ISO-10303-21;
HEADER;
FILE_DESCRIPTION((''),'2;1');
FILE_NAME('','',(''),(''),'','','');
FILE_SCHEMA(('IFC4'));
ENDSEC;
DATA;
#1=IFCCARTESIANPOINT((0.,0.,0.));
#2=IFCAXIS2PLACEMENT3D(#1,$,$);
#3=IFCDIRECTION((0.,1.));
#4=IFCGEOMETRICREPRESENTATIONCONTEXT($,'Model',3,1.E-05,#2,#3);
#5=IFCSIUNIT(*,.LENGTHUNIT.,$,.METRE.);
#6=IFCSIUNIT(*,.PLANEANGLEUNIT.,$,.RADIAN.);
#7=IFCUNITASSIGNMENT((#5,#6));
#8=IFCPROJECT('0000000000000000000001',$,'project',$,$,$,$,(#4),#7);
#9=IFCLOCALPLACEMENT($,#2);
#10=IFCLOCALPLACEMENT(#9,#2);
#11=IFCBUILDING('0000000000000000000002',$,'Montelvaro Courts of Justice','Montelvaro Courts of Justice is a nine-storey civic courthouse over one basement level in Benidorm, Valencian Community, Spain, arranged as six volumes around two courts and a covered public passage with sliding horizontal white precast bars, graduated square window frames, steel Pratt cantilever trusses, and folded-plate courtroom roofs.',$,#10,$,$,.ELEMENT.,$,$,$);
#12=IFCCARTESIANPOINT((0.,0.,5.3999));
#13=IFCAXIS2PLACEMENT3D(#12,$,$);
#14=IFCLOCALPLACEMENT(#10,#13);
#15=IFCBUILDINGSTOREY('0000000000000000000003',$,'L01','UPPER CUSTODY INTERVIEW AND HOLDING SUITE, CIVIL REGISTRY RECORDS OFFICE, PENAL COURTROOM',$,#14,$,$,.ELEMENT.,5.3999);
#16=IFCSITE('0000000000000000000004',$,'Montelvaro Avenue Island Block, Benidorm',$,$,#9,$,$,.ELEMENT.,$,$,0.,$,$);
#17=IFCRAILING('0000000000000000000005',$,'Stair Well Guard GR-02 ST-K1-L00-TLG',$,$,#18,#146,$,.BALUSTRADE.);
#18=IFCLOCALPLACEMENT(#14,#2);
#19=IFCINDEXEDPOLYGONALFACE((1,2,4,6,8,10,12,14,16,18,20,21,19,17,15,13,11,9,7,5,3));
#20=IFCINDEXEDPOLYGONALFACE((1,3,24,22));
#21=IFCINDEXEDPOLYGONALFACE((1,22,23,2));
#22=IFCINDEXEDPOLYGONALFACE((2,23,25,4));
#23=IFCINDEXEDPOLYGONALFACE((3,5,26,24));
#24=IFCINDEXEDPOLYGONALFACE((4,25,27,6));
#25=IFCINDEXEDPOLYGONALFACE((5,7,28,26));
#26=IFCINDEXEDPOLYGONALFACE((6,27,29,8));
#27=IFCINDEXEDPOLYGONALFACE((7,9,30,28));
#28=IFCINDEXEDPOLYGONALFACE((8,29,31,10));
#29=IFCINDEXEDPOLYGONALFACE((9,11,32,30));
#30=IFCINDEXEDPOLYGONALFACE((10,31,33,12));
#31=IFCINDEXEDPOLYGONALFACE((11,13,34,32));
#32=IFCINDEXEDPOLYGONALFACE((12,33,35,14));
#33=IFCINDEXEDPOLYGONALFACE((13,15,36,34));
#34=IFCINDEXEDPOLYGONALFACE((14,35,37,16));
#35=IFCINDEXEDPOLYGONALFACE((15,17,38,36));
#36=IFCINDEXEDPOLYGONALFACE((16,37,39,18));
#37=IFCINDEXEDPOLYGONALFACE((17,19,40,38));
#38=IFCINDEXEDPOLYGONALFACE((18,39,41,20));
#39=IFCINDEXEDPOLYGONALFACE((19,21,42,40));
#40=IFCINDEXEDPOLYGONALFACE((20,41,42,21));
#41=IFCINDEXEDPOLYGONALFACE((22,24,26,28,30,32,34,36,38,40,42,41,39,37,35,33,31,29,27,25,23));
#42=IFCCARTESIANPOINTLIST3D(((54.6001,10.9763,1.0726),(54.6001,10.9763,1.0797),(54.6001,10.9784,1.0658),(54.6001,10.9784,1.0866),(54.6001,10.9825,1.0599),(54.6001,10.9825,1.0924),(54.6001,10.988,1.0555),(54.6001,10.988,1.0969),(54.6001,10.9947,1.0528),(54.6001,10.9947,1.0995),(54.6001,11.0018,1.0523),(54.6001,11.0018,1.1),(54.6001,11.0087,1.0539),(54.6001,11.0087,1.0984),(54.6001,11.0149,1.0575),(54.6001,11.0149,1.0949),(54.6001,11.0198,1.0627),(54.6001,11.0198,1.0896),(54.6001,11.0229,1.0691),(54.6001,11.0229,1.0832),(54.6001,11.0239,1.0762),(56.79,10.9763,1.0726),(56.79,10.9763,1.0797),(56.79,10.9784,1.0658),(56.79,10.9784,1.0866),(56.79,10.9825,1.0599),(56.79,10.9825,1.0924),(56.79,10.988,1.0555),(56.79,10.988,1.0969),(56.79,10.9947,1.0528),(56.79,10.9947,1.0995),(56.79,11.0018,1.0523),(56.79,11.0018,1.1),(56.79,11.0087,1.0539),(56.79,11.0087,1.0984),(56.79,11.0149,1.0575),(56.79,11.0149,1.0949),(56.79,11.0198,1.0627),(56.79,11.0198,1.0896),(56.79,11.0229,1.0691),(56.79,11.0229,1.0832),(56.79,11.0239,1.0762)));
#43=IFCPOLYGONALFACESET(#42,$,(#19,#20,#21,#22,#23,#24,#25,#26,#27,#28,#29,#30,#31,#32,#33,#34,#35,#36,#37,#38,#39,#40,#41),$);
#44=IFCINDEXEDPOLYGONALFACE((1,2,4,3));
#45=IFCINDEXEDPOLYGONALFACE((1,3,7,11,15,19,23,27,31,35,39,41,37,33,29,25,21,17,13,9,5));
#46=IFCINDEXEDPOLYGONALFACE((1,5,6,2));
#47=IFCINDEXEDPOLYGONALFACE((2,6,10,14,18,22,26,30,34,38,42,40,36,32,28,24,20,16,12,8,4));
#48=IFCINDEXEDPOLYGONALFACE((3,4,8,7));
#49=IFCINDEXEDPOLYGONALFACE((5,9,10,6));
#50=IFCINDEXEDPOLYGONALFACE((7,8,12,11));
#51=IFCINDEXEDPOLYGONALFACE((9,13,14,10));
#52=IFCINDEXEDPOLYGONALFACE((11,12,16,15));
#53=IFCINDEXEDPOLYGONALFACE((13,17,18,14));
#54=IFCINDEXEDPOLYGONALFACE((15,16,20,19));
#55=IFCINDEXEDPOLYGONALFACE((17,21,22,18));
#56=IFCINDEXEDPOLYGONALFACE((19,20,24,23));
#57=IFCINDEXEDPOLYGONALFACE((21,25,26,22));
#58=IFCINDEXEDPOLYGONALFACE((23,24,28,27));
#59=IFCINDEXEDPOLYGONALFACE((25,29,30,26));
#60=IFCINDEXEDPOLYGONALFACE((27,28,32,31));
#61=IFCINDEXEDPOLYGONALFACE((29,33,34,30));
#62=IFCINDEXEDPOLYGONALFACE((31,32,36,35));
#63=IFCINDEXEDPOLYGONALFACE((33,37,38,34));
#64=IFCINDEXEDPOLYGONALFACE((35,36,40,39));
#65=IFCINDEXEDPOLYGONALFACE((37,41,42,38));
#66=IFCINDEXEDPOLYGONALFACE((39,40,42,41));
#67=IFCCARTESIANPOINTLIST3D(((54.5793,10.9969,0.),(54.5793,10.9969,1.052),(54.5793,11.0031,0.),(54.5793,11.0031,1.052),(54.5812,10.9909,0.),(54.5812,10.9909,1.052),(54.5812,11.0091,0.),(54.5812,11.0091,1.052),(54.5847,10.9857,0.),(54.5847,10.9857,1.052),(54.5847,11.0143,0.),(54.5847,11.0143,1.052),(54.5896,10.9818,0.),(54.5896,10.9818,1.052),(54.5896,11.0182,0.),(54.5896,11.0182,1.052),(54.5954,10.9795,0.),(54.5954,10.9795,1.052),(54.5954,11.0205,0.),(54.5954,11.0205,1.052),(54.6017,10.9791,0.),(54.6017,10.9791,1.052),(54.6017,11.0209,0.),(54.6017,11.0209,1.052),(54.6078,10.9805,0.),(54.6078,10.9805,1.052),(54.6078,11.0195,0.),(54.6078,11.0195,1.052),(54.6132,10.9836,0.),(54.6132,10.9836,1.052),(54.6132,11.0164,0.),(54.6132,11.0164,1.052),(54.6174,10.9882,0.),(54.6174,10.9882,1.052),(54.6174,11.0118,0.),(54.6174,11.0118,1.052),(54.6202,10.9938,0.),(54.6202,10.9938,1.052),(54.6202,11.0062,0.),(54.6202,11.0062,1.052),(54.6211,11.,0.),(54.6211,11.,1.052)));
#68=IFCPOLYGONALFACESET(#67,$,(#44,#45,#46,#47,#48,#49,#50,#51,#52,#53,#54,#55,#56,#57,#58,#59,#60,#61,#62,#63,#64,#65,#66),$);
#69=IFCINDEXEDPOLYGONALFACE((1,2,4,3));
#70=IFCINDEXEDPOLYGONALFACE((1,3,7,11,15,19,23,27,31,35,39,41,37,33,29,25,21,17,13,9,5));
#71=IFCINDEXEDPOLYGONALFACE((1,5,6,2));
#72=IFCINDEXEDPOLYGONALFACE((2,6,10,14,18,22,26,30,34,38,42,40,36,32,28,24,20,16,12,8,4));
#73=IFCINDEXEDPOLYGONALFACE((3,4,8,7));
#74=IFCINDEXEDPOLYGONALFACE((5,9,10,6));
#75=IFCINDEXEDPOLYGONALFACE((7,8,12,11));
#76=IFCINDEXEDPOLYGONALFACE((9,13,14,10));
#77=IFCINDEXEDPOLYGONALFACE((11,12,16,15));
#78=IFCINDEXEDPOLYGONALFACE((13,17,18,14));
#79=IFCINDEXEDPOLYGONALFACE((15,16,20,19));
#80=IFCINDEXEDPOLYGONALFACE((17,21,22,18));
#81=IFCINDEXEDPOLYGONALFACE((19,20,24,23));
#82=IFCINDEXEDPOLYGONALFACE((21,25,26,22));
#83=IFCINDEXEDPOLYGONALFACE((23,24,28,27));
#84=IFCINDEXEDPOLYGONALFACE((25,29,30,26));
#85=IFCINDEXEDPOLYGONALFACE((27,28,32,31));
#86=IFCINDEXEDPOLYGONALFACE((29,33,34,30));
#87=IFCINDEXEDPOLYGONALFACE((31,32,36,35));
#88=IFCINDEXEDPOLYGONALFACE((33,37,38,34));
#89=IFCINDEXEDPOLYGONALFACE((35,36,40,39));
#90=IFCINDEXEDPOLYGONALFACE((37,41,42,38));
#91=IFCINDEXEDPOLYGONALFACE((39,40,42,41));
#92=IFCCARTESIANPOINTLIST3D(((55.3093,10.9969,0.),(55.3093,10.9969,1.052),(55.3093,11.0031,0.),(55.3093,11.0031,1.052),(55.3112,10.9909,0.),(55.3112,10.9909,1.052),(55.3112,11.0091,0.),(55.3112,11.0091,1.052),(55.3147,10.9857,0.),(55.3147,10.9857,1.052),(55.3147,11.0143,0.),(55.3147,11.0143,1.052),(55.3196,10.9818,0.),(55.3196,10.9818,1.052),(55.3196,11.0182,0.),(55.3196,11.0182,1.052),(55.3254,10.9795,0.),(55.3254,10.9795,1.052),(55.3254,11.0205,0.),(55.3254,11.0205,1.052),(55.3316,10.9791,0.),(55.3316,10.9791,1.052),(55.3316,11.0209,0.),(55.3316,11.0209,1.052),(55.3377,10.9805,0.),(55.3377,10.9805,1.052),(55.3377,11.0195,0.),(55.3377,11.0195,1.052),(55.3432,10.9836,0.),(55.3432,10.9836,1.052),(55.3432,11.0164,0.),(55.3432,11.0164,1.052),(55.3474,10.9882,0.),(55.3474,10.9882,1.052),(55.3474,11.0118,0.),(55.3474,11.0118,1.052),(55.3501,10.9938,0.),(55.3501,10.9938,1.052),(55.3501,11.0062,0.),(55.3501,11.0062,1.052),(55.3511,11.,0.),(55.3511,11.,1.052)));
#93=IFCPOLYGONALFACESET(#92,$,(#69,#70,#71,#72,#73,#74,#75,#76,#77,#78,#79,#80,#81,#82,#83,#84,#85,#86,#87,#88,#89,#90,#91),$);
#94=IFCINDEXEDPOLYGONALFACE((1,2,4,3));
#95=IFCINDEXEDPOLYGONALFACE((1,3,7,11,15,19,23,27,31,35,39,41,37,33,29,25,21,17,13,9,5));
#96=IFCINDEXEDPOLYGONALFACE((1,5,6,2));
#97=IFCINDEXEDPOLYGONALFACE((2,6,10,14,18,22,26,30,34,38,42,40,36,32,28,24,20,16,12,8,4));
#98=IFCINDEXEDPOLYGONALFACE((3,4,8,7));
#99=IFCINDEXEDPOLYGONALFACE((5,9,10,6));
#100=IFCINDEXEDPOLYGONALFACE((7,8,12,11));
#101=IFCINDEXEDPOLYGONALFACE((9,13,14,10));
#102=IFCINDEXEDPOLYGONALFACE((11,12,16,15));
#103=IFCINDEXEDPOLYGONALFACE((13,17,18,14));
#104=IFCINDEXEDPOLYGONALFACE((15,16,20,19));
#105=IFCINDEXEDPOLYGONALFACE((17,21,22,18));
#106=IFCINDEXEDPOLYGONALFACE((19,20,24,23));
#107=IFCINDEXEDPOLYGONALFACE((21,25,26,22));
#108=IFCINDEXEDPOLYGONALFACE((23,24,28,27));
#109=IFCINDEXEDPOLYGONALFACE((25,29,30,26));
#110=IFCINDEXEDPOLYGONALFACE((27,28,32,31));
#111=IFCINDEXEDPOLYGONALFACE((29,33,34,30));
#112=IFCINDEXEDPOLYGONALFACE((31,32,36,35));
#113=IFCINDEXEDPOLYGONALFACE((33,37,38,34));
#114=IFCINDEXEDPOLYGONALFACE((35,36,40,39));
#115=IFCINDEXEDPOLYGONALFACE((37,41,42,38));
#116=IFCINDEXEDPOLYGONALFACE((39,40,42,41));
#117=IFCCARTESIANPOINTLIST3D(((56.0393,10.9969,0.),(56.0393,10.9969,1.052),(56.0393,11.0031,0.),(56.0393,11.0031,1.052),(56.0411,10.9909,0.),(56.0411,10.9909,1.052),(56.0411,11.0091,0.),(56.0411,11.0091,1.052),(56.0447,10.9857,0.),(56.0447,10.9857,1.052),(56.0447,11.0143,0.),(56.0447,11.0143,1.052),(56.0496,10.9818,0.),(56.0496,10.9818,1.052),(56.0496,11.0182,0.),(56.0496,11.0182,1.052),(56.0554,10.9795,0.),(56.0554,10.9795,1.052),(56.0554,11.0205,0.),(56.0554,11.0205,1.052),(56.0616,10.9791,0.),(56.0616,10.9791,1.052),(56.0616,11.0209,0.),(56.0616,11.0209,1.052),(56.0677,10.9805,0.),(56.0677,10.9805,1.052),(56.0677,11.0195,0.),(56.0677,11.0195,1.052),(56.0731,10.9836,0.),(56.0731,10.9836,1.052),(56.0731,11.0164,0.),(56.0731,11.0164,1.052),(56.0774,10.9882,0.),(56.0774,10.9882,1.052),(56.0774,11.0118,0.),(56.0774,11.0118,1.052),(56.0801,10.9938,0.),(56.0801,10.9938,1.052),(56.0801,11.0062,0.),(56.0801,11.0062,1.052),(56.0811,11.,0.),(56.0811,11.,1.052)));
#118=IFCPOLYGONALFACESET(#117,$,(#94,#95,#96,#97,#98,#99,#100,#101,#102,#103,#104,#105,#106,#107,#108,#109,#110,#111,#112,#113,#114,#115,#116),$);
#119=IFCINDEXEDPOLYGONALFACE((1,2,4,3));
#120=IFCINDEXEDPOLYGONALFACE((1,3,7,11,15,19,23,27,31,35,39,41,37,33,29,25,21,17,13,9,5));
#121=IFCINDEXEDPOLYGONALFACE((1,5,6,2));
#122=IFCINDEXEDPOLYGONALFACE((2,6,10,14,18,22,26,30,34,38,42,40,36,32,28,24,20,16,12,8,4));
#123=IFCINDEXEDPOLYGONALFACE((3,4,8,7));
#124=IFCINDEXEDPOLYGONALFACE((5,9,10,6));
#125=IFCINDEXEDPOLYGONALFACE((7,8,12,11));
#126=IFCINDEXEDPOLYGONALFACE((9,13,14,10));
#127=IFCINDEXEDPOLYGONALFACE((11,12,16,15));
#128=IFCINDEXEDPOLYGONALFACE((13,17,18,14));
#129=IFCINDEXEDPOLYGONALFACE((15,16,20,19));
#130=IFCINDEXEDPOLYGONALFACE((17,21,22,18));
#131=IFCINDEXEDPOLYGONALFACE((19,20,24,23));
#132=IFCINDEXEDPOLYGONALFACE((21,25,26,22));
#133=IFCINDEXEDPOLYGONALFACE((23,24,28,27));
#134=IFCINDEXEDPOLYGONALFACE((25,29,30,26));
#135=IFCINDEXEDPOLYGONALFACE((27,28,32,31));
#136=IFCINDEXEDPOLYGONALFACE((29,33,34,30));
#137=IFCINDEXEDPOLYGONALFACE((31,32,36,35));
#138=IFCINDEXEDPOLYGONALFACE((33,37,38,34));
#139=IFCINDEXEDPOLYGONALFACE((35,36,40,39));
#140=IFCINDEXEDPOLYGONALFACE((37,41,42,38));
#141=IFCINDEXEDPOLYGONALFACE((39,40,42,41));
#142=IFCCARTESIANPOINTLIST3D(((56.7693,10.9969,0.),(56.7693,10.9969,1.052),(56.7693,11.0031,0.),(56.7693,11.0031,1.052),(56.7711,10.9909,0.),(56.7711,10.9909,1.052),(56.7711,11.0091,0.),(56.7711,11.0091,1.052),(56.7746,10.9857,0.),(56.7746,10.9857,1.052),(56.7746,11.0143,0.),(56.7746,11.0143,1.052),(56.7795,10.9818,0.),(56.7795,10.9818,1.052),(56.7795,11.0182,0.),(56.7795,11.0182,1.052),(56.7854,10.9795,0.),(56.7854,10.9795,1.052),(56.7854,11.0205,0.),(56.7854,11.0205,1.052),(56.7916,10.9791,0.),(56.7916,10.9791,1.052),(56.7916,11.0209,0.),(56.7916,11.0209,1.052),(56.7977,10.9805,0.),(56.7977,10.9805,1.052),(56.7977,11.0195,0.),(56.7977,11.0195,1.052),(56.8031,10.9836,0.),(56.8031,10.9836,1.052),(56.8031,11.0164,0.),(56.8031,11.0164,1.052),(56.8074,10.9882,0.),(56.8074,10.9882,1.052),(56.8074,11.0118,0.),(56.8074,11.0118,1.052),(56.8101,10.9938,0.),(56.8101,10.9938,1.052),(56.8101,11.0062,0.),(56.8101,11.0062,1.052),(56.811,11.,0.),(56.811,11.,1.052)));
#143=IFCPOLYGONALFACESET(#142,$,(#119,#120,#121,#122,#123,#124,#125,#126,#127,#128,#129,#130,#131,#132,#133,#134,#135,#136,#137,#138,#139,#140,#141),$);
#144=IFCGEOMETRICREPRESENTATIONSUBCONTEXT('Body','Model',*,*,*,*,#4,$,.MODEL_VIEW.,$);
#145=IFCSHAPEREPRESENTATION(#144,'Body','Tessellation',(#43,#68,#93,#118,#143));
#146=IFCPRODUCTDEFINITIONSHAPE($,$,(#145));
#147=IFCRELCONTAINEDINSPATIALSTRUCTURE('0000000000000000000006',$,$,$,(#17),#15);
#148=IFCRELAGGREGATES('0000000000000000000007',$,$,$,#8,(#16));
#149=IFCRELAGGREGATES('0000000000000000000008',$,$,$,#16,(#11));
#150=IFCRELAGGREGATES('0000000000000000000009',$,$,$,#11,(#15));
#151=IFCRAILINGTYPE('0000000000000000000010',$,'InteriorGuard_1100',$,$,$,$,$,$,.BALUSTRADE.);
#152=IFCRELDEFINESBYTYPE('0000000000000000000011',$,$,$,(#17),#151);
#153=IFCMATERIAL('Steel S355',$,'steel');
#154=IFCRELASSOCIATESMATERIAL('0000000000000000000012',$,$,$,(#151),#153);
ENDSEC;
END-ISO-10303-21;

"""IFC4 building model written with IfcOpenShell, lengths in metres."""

from ifc_helpers import new_model, si_unit, direction, frame, origin, origin_2d, place, context, subcontext, project, spatial, circle, extrude, material, type_object, element, save


model = new_model("IFC4")

# Units and contexts
model_context = context("Model", 3, precision=1e-05, world=origin(), true_north=direction((0.0, 1.0)))
body_context = subcontext(model_context, "Body", "Model", "MODEL_VIEW")
ifc_project = project(units=[si_unit("LENGTHUNIT", "METRE"), si_unit("PLANEANGLEUNIT", "RADIAN")], contexts=[model_context])

# Site, building, storey
site_placement = place(None, origin())
site = spatial("IfcSite", under=ifc_project, at=site_placement, Name="Montelvaro Avenue Island Block, Benidorm", CompositionType="ELEMENT", RefElevation=0.0)
building_placement = place(site_placement, origin())
building = spatial("IfcBuilding", under=site, at=building_placement, Name="Montelvaro Courts of Justice", Description="Montelvaro Courts of Justice is a nine-storey civic courthouse over one basement level in Benidorm, Valencian Community, Spain, arranged as six volumes around two courts and a covered public passage with sliding horizontal white precast bars, graduated square window frames, steel Pratt cantilever trusses, and folded-plate courtroom roofs.", CompositionType="ELEMENT")
storey_placement = place(building_placement, frame((0.0, 0.0, 5.3999)))
storey = spatial("IfcBuildingStorey", under=building, at=storey_placement, Name="L01", Description="UPPER CUSTODY INTERVIEW AND HOLDING SUITE, CIVIL REGISTRY RECORDS OFFICE, PENAL COURTROOM", CompositionType="ELEMENT", Elevation=5.3999)

# Shared definitions
ifc_material_1 = material(Name="Steel S355", Category="steel")

# Railing
railing_type_1 = type_object("IfcRailingType", Name="InteriorGuard_1100", PredefinedType="BALUSTRADE", material=ifc_material_1)
railing_1_placement = place(storey_placement, frame((54.6001, 11.0, 0.0)))
element("IfcRailing", 1, at=railing_1_placement, inside=storey, type_object=railing_type_1, Name="Stair Well Guard GR-02 ST-K1-L00-TLG", PredefinedType="BALUSTRADE", context=body_context, shape_type="SweptSolid", body=[
    extrude(circle(Radius=0.0239, at=origin_2d()), frame((0.0, 0.0, 1.0762), z_axis=(1.0, 0.0, 0.0), x_axis=(0.0, 1.0, 0.0)), (0.0, 0.0, 1.0), 2.1899),
    extrude(circle(Radius=0.021, at=origin_2d()), origin(), (0.0, 0.0, 1.0), 1.052),
    extrude(circle(Radius=0.021, at=origin_2d()), frame((0.73, 0.0, 0.0)), (0.0, 0.0, 1.0), 1.052),
    extrude(circle(Radius=0.021, at=origin_2d()), frame((1.46, 0.0, 0.0)), (0.0, 0.0, 1.0), 1.052),
    extrude(circle(Radius=0.021, at=origin_2d()), frame((2.1899, 0.0, 0.0)), (0.0, 0.0, 1.0), 1.052),
])

save(model, "model.ifc")
